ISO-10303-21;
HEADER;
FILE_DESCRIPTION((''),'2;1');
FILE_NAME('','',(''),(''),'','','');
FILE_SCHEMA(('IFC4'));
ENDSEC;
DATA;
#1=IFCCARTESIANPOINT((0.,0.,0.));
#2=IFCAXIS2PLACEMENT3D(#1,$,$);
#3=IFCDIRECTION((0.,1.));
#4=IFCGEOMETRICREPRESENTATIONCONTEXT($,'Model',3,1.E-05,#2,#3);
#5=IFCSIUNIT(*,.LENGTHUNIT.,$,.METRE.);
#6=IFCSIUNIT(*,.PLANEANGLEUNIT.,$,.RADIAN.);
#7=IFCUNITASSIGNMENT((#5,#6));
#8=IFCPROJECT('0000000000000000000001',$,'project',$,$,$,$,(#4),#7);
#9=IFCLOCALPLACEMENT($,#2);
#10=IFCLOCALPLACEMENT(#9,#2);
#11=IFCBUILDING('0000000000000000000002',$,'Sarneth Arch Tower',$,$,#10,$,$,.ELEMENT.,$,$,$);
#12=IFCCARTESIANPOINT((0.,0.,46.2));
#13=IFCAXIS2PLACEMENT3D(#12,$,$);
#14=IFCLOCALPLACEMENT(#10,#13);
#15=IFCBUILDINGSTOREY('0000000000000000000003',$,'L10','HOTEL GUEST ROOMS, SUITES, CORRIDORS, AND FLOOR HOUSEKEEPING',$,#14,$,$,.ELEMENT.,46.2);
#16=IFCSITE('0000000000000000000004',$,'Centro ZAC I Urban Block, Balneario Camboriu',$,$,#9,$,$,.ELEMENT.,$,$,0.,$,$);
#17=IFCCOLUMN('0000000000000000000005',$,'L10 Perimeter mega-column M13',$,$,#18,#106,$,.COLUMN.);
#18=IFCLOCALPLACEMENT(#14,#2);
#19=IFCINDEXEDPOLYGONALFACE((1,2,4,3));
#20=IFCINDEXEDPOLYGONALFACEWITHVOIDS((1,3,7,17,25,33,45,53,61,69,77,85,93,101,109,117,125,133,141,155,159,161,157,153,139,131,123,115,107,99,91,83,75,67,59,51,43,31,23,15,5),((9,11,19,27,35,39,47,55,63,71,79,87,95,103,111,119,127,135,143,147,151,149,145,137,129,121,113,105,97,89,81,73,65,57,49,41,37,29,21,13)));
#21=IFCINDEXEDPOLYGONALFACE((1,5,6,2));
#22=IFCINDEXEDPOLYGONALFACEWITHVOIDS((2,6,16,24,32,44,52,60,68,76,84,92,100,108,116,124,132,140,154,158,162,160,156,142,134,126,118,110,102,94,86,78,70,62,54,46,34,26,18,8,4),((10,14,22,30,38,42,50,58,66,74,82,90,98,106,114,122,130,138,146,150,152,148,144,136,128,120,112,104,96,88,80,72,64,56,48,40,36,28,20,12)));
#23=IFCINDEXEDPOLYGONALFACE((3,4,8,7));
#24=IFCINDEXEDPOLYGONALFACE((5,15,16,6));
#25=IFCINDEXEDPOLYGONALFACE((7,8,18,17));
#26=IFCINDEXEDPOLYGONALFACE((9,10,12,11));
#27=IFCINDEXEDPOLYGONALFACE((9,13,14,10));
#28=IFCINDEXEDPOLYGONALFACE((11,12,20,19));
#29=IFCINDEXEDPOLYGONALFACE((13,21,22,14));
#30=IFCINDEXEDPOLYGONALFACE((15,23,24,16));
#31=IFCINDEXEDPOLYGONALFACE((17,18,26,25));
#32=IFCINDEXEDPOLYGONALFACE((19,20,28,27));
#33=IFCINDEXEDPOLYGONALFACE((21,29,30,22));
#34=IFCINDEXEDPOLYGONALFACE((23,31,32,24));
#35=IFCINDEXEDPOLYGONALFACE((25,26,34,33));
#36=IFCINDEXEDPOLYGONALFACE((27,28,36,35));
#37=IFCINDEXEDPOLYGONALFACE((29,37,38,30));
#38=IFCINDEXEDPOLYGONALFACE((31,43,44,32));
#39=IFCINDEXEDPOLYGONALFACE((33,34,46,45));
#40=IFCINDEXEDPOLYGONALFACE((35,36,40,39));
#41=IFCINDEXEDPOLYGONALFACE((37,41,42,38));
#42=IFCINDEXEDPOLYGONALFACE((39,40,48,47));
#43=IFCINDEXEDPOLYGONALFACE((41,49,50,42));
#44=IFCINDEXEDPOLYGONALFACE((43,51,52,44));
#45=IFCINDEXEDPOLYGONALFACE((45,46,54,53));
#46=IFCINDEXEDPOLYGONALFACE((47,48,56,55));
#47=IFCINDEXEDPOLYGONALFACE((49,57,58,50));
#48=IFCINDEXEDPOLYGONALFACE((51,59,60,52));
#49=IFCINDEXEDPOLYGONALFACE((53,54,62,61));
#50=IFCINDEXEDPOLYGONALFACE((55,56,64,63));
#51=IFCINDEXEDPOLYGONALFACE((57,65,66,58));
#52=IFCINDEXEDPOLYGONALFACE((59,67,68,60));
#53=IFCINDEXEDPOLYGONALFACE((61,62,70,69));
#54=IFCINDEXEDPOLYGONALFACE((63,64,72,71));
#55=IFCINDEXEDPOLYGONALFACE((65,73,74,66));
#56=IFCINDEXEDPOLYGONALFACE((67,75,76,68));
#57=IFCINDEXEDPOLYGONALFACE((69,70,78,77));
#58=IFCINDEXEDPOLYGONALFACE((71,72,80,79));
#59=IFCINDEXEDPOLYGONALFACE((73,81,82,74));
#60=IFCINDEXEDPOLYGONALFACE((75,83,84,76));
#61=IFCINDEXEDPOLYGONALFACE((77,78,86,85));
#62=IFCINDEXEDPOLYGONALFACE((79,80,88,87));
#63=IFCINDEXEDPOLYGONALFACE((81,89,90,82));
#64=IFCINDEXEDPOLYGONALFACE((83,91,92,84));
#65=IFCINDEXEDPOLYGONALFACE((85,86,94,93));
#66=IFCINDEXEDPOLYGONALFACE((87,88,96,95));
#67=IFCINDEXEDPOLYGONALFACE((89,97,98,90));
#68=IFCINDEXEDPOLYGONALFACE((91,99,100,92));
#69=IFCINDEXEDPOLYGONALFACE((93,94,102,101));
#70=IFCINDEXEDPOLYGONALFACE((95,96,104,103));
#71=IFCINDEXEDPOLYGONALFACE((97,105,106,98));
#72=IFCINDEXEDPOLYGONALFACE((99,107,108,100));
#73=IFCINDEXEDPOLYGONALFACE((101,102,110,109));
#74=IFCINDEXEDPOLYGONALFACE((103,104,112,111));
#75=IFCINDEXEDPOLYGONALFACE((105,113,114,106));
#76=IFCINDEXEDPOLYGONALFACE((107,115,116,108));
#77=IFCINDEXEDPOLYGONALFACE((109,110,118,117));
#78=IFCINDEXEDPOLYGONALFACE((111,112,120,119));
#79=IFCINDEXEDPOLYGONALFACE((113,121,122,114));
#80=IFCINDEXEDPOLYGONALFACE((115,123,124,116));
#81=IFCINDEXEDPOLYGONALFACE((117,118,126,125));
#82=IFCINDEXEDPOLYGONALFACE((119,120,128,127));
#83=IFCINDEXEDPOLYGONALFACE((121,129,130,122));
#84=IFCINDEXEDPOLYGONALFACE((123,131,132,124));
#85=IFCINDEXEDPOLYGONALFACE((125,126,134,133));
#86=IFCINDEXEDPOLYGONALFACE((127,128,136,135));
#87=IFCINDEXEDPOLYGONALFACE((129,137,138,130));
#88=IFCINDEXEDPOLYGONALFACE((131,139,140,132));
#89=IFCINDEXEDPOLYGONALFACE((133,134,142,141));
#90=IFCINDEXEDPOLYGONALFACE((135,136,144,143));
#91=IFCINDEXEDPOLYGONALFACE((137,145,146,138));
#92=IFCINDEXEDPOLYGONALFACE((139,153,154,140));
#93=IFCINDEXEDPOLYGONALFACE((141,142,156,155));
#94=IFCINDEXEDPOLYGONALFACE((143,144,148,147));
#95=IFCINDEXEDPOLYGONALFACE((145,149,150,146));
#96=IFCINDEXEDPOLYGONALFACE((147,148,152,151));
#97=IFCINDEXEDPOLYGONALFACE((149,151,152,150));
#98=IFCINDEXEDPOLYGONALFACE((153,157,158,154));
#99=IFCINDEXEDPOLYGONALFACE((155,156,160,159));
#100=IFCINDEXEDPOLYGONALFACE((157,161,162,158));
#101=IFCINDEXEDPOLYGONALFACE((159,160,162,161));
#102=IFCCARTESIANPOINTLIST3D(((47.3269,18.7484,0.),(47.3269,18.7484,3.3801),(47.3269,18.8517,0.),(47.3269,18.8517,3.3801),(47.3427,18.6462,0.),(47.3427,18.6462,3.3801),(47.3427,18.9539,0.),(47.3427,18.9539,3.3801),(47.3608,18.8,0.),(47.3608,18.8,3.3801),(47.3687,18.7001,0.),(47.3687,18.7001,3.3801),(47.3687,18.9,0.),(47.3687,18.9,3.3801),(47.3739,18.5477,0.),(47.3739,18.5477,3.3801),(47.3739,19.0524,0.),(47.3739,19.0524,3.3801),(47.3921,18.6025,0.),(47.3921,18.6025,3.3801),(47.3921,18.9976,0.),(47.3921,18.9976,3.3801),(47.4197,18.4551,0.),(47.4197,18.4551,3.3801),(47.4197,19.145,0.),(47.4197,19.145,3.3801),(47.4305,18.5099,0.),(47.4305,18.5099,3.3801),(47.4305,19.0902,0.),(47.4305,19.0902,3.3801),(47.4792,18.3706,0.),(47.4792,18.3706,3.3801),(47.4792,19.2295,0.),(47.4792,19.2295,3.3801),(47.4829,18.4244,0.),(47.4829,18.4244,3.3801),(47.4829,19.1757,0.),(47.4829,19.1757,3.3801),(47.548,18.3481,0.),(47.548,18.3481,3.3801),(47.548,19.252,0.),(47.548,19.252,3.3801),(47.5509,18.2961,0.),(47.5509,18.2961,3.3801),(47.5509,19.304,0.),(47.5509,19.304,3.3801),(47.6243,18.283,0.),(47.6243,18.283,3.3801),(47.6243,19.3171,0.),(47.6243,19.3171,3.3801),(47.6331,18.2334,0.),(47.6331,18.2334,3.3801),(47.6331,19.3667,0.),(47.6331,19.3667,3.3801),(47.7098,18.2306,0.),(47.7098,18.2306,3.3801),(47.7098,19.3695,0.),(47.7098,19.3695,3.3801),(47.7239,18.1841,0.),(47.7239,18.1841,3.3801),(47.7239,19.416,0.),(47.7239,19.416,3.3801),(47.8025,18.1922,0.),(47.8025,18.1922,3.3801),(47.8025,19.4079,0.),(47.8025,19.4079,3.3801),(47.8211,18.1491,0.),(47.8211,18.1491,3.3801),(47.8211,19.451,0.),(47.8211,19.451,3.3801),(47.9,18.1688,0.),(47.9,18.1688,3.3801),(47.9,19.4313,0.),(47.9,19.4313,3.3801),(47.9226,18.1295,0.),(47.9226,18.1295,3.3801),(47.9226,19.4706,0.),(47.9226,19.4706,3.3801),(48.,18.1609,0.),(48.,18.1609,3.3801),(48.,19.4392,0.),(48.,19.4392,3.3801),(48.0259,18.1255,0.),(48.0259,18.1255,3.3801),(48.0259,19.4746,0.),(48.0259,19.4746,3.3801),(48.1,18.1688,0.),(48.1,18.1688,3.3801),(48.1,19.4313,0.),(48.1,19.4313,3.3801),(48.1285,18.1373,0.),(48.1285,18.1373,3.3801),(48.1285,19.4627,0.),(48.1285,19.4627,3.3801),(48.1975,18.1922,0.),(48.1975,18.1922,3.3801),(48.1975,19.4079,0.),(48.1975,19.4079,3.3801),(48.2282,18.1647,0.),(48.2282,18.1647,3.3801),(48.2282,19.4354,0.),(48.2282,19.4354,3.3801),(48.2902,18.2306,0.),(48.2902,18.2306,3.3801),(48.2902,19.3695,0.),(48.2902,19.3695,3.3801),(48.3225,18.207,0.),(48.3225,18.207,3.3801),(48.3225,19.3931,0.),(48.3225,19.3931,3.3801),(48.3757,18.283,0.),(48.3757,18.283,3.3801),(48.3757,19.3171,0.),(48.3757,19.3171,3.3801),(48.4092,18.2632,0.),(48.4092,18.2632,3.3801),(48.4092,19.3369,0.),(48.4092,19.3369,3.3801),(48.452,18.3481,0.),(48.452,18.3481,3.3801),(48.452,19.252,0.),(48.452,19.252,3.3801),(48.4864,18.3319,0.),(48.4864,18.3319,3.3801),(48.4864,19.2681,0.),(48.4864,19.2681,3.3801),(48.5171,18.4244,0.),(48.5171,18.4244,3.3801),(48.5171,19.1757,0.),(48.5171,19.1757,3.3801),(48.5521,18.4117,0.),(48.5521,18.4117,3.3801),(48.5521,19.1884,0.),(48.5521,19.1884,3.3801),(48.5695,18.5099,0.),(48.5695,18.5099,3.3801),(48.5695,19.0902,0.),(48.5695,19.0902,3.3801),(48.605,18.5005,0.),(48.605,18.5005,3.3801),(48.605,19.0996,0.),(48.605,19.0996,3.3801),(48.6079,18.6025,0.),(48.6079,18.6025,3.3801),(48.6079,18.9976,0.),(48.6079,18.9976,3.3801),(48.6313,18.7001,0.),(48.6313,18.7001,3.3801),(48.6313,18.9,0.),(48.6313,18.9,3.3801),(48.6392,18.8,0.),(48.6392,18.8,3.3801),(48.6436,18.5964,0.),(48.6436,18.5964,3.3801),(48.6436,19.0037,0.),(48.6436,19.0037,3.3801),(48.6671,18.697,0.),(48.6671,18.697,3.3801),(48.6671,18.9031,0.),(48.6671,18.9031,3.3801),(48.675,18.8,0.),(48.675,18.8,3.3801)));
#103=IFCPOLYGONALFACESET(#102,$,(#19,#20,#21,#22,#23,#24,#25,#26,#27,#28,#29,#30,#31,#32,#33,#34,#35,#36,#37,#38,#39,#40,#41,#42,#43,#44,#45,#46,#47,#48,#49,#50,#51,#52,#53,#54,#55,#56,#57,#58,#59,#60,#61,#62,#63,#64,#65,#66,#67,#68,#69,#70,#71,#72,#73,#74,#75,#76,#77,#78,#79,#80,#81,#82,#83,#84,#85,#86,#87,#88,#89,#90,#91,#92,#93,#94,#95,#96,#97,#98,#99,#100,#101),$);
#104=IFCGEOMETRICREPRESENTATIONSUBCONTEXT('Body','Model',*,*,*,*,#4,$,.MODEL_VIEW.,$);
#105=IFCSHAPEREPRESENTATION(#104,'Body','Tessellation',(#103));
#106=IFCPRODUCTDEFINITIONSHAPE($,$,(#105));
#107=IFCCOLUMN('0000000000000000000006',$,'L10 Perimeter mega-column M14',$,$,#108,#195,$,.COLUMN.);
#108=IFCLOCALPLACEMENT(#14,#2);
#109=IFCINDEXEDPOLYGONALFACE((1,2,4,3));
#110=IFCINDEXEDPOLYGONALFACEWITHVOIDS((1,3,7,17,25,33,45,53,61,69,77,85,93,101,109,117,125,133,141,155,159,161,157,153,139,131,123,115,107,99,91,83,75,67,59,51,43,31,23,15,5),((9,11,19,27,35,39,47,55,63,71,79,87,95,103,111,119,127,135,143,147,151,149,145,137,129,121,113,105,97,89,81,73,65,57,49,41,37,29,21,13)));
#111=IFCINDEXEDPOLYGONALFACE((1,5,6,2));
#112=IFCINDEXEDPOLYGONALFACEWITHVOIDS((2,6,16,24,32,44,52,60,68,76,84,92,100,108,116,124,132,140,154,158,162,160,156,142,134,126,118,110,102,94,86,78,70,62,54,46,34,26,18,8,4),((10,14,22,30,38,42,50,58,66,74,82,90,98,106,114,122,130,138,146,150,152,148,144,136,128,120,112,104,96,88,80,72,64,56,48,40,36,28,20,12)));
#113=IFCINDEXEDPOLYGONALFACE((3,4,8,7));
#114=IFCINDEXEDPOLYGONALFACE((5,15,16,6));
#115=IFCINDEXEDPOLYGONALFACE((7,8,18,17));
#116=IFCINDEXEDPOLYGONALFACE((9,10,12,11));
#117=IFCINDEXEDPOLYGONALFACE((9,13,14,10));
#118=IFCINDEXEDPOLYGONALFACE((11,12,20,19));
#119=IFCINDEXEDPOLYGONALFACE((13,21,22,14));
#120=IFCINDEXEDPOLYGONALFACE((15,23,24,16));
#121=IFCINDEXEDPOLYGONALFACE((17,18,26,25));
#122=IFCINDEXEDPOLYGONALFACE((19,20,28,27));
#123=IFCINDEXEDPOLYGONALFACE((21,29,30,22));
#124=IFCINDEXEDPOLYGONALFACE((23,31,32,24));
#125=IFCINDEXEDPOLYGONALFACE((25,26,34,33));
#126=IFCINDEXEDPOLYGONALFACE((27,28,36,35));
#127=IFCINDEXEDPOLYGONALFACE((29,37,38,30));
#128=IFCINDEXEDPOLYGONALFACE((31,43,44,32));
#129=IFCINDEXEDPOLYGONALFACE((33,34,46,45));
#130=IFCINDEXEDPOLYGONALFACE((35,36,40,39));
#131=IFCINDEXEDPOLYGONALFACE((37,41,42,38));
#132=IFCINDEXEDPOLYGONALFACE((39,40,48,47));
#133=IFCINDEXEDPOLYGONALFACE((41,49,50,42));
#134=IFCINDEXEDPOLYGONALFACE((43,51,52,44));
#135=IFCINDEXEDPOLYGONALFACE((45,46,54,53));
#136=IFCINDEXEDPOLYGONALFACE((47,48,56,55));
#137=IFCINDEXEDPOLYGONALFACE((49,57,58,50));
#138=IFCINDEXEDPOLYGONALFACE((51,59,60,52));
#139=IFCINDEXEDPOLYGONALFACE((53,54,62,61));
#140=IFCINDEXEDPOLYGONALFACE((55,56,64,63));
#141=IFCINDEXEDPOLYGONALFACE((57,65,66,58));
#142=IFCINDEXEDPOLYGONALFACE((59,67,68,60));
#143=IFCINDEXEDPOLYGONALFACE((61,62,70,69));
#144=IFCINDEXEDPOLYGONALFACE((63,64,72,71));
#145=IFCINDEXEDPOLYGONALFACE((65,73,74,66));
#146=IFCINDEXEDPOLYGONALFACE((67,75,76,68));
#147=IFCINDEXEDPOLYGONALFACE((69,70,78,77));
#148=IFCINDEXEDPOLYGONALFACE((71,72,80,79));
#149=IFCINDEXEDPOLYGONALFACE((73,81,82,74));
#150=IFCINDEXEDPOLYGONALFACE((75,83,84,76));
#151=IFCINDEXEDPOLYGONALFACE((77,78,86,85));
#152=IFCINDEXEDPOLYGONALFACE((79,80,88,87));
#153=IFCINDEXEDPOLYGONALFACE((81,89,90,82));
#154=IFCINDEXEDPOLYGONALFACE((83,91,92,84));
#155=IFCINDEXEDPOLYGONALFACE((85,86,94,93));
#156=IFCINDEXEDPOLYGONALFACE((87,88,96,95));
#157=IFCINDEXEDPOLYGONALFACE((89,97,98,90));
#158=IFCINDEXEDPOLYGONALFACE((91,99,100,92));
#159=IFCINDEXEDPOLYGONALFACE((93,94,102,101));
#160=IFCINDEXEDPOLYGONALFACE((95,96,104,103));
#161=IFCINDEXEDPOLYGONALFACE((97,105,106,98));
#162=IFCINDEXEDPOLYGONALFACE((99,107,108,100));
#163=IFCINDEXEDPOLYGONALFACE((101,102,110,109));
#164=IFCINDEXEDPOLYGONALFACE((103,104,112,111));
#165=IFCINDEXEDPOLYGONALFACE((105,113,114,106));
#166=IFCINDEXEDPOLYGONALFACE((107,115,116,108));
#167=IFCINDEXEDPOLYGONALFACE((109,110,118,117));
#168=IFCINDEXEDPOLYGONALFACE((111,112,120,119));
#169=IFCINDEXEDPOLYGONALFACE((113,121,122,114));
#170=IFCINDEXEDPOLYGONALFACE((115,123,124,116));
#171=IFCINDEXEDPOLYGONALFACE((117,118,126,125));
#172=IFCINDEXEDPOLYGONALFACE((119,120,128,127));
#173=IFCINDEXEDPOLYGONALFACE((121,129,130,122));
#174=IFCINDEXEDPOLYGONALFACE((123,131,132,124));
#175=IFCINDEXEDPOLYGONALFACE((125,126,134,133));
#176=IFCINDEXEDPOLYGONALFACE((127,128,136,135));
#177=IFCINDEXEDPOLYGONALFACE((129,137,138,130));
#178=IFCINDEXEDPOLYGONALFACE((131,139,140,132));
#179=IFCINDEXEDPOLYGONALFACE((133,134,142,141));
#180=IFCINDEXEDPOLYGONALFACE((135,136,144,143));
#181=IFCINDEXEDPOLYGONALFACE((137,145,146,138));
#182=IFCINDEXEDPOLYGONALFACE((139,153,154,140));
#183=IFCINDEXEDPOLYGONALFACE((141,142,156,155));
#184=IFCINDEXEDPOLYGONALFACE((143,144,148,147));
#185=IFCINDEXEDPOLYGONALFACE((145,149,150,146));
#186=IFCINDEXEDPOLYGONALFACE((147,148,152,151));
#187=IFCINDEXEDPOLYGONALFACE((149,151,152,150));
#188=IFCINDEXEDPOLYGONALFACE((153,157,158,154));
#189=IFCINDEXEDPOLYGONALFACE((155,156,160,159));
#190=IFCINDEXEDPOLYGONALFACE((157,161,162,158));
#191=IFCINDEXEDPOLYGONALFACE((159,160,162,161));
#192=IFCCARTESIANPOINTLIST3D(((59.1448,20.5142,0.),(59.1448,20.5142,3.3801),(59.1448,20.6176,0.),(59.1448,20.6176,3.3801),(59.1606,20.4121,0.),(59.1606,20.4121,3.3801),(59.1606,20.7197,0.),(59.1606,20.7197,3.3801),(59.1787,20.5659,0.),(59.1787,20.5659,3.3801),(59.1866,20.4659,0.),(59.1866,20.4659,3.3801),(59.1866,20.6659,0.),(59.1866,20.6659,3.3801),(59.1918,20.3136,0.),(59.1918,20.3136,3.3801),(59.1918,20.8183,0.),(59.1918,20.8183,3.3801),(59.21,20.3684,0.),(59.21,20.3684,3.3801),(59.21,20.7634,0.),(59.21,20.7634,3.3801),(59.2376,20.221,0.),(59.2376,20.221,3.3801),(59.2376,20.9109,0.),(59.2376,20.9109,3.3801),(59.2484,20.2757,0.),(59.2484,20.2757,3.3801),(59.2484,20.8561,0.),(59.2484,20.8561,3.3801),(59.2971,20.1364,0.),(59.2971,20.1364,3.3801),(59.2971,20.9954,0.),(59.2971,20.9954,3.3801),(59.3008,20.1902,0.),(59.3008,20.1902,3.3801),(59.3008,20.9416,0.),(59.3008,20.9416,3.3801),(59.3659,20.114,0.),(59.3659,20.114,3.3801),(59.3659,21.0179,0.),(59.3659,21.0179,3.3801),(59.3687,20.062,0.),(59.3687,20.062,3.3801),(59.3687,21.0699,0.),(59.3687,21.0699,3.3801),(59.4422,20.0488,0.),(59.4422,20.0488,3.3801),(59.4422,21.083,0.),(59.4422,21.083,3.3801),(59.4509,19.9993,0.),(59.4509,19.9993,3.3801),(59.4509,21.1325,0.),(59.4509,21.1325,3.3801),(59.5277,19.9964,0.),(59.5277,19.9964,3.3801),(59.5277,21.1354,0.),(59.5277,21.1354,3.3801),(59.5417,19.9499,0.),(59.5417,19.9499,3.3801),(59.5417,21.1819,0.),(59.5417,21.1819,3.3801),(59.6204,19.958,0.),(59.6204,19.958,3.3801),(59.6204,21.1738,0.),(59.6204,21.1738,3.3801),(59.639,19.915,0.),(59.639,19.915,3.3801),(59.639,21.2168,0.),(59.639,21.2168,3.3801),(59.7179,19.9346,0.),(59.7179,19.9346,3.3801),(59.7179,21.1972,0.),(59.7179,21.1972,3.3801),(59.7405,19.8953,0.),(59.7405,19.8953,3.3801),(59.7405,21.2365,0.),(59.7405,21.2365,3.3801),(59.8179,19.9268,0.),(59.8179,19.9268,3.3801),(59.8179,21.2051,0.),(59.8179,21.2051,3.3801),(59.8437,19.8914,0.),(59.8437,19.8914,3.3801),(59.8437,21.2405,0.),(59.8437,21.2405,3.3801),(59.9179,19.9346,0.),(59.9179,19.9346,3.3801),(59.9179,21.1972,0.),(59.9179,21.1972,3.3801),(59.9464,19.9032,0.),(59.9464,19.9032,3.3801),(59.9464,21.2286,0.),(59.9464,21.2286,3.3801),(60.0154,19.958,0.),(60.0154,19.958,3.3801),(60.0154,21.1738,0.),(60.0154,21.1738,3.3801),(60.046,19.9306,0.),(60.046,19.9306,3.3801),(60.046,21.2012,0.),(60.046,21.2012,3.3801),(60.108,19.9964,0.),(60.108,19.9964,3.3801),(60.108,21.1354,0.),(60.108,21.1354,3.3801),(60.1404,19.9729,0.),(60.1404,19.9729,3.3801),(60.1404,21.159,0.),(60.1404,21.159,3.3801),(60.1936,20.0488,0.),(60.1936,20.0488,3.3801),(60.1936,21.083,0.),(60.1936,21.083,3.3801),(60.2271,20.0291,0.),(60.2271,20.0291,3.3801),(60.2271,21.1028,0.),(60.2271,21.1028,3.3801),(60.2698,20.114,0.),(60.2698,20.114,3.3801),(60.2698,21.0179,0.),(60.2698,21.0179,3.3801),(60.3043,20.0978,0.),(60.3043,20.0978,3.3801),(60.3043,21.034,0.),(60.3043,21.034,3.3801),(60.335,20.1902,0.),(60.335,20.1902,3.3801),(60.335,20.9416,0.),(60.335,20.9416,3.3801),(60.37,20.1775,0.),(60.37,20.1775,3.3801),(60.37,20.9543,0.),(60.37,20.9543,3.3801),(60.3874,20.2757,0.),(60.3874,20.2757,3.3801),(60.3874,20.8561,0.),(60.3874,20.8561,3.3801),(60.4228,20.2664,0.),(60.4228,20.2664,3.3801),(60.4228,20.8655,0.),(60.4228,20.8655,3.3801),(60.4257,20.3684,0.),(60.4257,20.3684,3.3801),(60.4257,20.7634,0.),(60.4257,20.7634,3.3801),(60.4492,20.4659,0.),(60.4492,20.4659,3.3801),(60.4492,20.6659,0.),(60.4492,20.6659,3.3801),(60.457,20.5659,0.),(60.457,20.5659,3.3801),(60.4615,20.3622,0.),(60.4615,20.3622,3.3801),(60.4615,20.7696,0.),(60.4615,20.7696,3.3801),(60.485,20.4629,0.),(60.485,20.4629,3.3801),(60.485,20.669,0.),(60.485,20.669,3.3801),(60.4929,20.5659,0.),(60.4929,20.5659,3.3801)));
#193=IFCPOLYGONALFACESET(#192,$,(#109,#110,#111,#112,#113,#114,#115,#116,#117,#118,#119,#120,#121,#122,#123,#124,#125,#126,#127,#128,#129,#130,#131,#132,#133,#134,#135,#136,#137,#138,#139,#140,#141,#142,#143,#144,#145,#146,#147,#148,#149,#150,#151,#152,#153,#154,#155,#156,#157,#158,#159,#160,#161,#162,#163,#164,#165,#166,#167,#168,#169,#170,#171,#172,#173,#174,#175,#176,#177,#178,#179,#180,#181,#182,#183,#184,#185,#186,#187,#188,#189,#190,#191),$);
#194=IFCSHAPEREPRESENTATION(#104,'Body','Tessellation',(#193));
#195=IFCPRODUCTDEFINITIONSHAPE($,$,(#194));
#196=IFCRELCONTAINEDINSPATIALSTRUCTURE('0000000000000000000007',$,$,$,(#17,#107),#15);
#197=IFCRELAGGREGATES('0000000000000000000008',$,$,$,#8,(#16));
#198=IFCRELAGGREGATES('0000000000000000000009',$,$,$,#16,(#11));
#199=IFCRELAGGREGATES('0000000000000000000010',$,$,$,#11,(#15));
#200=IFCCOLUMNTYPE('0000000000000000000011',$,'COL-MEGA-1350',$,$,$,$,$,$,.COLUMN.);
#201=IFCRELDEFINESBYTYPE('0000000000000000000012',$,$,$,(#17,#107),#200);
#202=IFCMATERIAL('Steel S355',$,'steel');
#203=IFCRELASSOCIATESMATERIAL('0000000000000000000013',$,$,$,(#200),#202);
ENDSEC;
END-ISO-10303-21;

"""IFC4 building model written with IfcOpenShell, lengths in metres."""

from ifc_helpers import new_model, si_unit, direction, frame, origin, origin_2d, place, context, subcontext, project, spatial, hollow_circle, extrude, material, material_profile, profile_set, type_object, element, save


model = new_model("IFC4")

# Units and contexts
model_context = context("Model", 3, precision=1e-05, world=origin(), true_north=direction((0.0, 1.0)))
body_context = subcontext(model_context, "Body", "Model", "MODEL_VIEW")
ifc_project = project(units=[si_unit("LENGTHUNIT", "METRE"), si_unit("PLANEANGLEUNIT", "RADIAN")], contexts=[model_context])

# Site, building, storey
site_placement = place(None, origin())
site = spatial("IfcSite", under=ifc_project, at=site_placement, Name="Centro ZAC I Urban Block, Balneario Camboriu", CompositionType="ELEMENT", RefElevation=0.0)
building_placement = place(site_placement, origin())
building = spatial("IfcBuilding", under=site, at=building_placement, Name="Sarneth Arch Tower", CompositionType="ELEMENT")
storey_placement = place(building_placement, frame((0.0, 0.0, 46.2)))
storey = spatial("IfcBuildingStorey", under=building, at=storey_placement, Name="L10", Description="HOTEL GUEST ROOMS, SUITES, CORRIDORS, AND FLOOR HOUSEKEEPING", CompositionType="ELEMENT", Elevation=46.2)

# Columns
ifc_material_1 = material(Name="Steel S355", Category="steel")
ifc_material_profile_1 = material_profile(ifc_material_1, hollow_circle(Radius=0.675, WallThickness=0.0359, at=origin_2d()), Name="CHS1350x36")
ifc_profile_set_1 = profile_set([ifc_material_profile_1], Name="Steel S355")
column_type = type_object("IfcColumnType", Name="COL-MEGA-1350", PredefinedType="COLUMN", material=ifc_profile_set_1)
for number, where, z_axis, x_axis, name in (
    (1, (48.0, 18.8, 0.0), (0.0, 0.0, 1.0), (1.0, 0.0, 0.0), "L10 Perimeter mega-column M13"),
    (2, (59.8179, 20.5659, 0.0), (0.0, 0.0, 1.0), (1.0, 0.0, 0.0), "L10 Perimeter mega-column M14"),
):
    element("IfcColumn", number, at=place(storey_placement, frame(where, z_axis=z_axis, x_axis=x_axis)), inside=storey, type_object=column_type, Name=name, PredefinedType="COLUMN", context=body_context, shape_type="SweptSolid", body=[
        extrude(hollow_circle(Radius=0.675, WallThickness=0.0359, at=origin_2d()), origin(), (0.0, 0.0, 1.0), 3.3801),
    ])

save(model, "model.ifc")
